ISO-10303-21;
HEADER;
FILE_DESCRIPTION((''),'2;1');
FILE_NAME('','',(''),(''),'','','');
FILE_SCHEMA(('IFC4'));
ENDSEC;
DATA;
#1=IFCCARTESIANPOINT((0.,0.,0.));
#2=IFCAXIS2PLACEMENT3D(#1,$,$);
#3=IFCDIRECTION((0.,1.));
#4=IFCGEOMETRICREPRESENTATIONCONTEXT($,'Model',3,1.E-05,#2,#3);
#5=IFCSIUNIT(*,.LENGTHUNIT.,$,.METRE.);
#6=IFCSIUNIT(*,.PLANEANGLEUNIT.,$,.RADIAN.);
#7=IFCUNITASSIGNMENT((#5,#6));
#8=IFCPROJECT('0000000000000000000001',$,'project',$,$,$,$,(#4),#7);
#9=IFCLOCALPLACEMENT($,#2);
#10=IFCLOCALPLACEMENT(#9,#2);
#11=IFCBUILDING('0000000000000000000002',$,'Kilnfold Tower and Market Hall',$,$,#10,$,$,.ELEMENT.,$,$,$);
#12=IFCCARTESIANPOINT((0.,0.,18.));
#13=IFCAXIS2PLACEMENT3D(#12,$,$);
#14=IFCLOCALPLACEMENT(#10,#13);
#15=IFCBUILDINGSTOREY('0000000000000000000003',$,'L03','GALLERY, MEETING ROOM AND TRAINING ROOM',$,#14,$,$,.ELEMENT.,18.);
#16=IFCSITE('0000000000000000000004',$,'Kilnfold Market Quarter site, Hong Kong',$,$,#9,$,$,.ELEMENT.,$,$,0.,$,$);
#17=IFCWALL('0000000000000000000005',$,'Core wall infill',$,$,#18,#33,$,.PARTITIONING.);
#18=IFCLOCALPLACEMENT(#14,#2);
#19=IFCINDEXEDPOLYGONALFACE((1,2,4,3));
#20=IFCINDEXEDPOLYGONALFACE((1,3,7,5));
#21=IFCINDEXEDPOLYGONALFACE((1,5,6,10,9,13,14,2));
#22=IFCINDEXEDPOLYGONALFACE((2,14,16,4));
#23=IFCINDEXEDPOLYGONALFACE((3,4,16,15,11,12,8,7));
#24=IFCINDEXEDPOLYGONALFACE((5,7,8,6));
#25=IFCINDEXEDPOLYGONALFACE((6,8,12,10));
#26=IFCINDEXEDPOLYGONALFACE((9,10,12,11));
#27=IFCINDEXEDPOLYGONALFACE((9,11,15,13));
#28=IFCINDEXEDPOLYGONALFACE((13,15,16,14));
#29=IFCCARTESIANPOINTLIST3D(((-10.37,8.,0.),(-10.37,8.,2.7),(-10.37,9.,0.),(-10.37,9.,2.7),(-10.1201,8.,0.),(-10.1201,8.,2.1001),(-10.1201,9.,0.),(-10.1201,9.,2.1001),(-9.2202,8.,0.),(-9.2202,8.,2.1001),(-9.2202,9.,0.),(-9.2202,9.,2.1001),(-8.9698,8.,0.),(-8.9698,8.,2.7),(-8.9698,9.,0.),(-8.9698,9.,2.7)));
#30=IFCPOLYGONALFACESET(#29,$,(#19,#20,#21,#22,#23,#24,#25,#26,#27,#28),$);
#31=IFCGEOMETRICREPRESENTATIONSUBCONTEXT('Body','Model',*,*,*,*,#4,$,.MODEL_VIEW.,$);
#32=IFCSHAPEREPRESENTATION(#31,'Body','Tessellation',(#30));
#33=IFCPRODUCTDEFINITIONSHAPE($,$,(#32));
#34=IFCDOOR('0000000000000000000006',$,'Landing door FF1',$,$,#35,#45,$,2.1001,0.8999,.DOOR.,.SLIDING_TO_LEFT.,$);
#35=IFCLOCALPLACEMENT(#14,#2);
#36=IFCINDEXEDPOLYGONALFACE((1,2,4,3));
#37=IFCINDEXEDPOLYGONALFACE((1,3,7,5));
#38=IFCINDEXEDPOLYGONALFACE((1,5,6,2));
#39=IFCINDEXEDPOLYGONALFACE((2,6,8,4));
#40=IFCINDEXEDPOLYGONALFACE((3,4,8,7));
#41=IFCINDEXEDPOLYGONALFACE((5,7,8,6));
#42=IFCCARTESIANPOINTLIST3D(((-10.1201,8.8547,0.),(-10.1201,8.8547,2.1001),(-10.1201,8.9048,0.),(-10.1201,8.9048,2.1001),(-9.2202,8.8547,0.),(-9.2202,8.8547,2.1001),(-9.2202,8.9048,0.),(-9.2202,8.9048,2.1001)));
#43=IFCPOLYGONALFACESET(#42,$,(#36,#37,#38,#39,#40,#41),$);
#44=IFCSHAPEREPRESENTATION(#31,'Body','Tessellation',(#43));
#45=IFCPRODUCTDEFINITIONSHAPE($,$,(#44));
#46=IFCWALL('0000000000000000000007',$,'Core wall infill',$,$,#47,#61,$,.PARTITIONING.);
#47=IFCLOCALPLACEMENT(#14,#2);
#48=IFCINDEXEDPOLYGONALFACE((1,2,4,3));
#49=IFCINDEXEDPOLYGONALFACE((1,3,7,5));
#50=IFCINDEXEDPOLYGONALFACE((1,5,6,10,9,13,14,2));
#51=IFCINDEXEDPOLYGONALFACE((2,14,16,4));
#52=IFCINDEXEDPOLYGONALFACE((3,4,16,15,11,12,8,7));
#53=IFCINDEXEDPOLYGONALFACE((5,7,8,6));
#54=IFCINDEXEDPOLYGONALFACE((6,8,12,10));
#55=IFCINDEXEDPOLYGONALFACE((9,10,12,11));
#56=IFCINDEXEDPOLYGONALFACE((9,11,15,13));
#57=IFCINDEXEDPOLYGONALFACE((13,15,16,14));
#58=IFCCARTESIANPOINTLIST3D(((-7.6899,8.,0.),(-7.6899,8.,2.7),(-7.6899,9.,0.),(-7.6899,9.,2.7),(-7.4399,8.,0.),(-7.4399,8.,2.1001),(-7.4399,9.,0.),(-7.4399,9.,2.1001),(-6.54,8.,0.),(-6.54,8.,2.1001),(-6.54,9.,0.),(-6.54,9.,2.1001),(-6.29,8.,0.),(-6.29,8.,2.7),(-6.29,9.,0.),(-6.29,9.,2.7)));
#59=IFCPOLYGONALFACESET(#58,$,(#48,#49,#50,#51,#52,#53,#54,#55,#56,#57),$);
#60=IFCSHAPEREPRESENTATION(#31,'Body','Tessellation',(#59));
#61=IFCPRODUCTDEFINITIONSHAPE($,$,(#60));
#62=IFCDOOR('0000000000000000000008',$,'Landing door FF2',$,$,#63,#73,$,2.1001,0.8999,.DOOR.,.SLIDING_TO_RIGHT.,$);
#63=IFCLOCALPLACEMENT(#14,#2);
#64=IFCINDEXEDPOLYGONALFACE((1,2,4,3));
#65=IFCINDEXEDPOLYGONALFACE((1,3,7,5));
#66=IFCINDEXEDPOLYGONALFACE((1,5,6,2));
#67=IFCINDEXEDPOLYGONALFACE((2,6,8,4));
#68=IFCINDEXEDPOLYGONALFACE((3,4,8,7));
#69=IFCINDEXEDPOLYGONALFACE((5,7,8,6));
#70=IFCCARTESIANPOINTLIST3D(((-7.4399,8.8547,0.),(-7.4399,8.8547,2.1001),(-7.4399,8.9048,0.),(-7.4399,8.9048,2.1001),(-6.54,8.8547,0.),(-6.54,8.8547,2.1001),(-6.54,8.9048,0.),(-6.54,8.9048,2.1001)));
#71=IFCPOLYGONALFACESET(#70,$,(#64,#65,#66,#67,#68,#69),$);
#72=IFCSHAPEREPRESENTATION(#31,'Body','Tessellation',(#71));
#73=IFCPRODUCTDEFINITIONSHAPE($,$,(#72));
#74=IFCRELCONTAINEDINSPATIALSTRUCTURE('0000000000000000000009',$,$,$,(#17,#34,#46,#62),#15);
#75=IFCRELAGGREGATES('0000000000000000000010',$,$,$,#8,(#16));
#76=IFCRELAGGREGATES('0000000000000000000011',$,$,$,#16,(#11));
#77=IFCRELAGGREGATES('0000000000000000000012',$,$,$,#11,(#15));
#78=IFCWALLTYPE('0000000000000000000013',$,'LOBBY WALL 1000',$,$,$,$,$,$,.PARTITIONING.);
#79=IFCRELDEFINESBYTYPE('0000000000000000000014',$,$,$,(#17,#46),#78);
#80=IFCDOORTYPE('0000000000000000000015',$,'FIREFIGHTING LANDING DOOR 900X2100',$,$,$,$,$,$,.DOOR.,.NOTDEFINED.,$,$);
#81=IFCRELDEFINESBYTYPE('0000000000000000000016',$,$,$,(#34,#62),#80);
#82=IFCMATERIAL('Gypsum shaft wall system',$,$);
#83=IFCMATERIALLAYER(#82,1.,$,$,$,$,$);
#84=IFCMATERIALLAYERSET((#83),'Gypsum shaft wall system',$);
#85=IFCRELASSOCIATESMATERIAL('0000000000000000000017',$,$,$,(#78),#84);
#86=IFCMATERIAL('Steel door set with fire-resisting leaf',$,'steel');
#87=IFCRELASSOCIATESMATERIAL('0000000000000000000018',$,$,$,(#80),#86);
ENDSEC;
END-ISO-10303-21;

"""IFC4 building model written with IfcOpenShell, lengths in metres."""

from ifc_helpers import new_model, si_unit, direction, frame, frame_2d, origin, place, context, subcontext, project, spatial, rectangle, extrude, source, transform, mapped, material, layer, layer_set, type_object, element, fill, save


model = new_model("IFC4")

# Units and contexts
model_context = context("Model", 3, precision=1e-05, world=origin(), true_north=direction((0.0, 1.0)))
body_context = subcontext(model_context, "Body", "Model", "MODEL_VIEW")
ifc_project = project(units=[si_unit("LENGTHUNIT", "METRE"), si_unit("PLANEANGLEUNIT", "RADIAN")], contexts=[model_context])

# Site, building, storey
site_placement = place(None, origin())
site = spatial("IfcSite", under=ifc_project, at=site_placement, Name="Kilnfold Market Quarter site, Hong Kong", CompositionType="ELEMENT", RefElevation=0.0)
building_placement = place(site_placement, origin())
building = spatial("IfcBuilding", under=site, at=building_placement, Name="Kilnfold Tower and Market Hall", CompositionType="ELEMENT")
storey_placement = place(building_placement, frame((0.0, 0.0, 18.0)))
storey = spatial("IfcBuildingStorey", under=building, at=storey_placement, Name="L03", Description="GALLERY, MEETING ROOM AND TRAINING ROOM", CompositionType="ELEMENT", Elevation=18.0)

# Walls, openings, doors
ifc_material_1 = material(Name="Gypsum shaft wall system")
ifc_layer_1 = layer(ifc_material_1, 1.0)
ifc_layer_set_1 = layer_set([ifc_layer_1], Name="Gypsum shaft wall system")
wall_type_1 = type_object("IfcWallType", Name="LOBBY WALL 1000", PredefinedType="PARTITIONING", material=ifc_layer_set_1)
shared_shape_1 = source(origin(), body_context, "Body", "SweptSolid", [
    extrude(rectangle(XDim=1.4001, YDim=1.0, at=frame_2d((0.7002, 0.0))), origin(), (0.0, 0.0, 1.0), 2.7),
])
wall_1_placement = place(storey_placement, frame((-10.3701, 8.5, 0.0), z_axis=(0.0, 0.0, 1.0), x_axis=(1.0, 0.0, 0.0)))
wall_1 = element("IfcWall", 1, at=wall_1_placement, inside=storey, type_object=wall_type_1, Name="Core wall infill", PredefinedType="PARTITIONING", context=body_context, shape_type="MappedRepresentation", body=[
    mapped(shared_shape_1, transform((0.0, 0.0, 0.0))),
])
opening_1_placement = place(wall_1_placement, frame((0.25, 0.0, 0.0)))
opening_1 = element("IfcOpeningElement", 2, at=opening_1_placement, cuts=wall_1, PredefinedType="OPENING", context=body_context, shape_type="SweptSolid", body=[
    extrude(rectangle(XDim=0.8999, YDim=2.1001, at=frame_2d((0.45, 1.05))), frame((0.0, 0.51, 0.0), z_axis=(0.0, -1.0, 0.0), x_axis=(1.0, 0.0, 0.0)), (0.0, 0.0, 1.0), 1.02),
])
ifc_material_2 = material(Name="Steel door set with fire-resisting leaf", Category="steel")
door_type_1 = type_object("IfcDoorType", Name="FIREFIGHTING LANDING DOOR 900X2100", OperationType="NOTDEFINED", PredefinedType="DOOR", material=ifc_material_2)
door_1_placement = place(opening_1_placement, origin())
door_1 = element("IfcDoor", 3, at=door_1_placement, inside=storey, type_object=door_type_1, Name="Landing door FF1", OperationType="SLIDING_TO_LEFT", OverallHeight=2.1001, OverallWidth=0.8999, PredefinedType="DOOR", context=body_context, shape_type="SweptSolid", body=[
    extrude(rectangle(XDim=0.8999, YDim=2.1001, at=frame_2d((0.45, 1.05))), frame((0.0, 0.4048, 0.0), z_axis=(0.0, -1.0, 0.0), x_axis=(1.0, 0.0, 0.0)), (0.0, 0.0, 1.0), 0.05),
])
fill(opening_1, door_1)
shared_shape_2 = source(origin(), body_context, "Body", "SweptSolid", [
    extrude(rectangle(XDim=1.3999, YDim=1.0, at=frame_2d((0.7, 0.0))), origin(), (0.0, 0.0, 1.0), 2.7),
])
wall_2_placement = place(storey_placement, frame((-7.6899, 8.5, 0.0), z_axis=(0.0, 0.0, 1.0), x_axis=(1.0, 0.0, 0.0)))
wall_2 = element("IfcWall", 4, at=wall_2_placement, inside=storey, type_object=wall_type_1, Name="Core wall infill", PredefinedType="PARTITIONING", context=body_context, shape_type="MappedRepresentation", body=[
    mapped(shared_shape_2, transform((0.0, 0.0, 0.0))),
])
opening_2_placement = place(wall_2_placement, frame((0.25, 0.0, 0.0)))
opening_2 = element("IfcOpeningElement", 5, at=opening_2_placement, cuts=wall_2, PredefinedType="OPENING", context=body_context, shape_type="SweptSolid", body=[
    extrude(rectangle(XDim=0.8999, YDim=2.1001, at=frame_2d((0.45, 1.05))), frame((0.0, 0.51, 0.0), z_axis=(0.0, -1.0, 0.0), x_axis=(1.0, 0.0, 0.0)), (0.0, 0.0, 1.0), 1.02),
])
door_2_placement = place(opening_2_placement, origin())
door_2 = element("IfcDoor", 6, at=door_2_placement, inside=storey, type_object=door_type_1, Name="Landing door FF2", OperationType="SLIDING_TO_RIGHT", OverallHeight=2.1001, OverallWidth=0.8999, PredefinedType="DOOR", context=body_context, shape_type="SweptSolid", body=[
    extrude(rectangle(XDim=0.8999, YDim=2.1001, at=frame_2d((0.45, 1.05))), frame((0.0, 0.4048, 0.0), z_axis=(0.0, -1.0, 0.0), x_axis=(1.0, 0.0, 0.0)), (0.0, 0.0, 1.0), 0.05),
])
fill(opening_2, door_2)

save(model, "model.ifc")
